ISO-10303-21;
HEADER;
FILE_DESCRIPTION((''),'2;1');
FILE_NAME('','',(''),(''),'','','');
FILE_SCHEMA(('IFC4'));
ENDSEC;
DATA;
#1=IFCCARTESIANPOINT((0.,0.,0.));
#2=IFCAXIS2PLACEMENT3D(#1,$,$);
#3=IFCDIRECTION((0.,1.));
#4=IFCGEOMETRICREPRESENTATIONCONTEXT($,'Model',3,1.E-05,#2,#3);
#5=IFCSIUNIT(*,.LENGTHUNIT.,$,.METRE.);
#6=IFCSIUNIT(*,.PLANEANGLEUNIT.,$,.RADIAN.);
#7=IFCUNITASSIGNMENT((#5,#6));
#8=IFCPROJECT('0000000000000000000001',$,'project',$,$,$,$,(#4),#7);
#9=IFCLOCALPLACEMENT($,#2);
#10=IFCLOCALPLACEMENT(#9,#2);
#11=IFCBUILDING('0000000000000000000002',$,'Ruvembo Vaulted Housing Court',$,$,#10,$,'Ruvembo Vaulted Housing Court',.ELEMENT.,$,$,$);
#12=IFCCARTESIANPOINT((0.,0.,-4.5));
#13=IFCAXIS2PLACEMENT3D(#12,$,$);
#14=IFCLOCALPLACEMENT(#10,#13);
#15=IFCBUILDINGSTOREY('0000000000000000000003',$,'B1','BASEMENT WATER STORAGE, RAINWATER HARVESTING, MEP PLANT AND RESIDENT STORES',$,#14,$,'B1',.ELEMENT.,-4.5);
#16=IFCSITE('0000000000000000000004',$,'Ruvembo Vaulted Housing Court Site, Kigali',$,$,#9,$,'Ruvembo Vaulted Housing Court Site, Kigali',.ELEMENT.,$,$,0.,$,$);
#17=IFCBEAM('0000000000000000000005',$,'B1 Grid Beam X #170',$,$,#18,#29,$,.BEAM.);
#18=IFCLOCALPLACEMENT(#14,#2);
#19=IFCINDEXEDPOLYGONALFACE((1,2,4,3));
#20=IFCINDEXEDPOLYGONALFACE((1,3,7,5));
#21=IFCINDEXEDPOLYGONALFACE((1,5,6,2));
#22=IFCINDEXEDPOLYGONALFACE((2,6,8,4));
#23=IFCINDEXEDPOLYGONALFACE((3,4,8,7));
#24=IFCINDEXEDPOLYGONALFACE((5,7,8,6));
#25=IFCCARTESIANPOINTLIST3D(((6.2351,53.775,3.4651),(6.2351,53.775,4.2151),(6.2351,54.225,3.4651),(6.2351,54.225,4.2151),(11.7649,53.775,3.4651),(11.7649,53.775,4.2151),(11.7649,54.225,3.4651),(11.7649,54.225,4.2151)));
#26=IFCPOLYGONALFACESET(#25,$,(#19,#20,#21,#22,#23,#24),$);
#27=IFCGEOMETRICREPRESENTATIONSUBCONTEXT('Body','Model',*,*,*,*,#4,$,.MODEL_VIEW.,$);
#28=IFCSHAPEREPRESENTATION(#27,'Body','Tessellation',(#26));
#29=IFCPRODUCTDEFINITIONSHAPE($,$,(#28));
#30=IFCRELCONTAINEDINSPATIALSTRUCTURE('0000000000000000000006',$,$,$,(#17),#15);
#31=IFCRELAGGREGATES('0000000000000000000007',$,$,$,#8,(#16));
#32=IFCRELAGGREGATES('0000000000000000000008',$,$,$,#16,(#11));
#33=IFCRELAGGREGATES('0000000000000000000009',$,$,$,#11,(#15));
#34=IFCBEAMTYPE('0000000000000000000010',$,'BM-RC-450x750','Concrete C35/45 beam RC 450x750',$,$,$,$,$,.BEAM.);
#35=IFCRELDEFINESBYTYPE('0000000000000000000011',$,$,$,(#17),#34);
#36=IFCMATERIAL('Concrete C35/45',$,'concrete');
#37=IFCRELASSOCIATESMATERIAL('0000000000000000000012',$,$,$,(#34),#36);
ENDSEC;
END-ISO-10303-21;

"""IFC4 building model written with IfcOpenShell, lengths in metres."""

from ifc_helpers import new_model, si_unit, direction, frame, origin, origin_2d, place, context, subcontext, project, spatial, rectangle, extrude, material, material_profile, profile_set, type_object, element, save


model = new_model("IFC4")

# Units and contexts
model_context = context("Model", 3, precision=1e-05, world=origin(), true_north=direction((0.0, 1.0)))
body_context = subcontext(model_context, "Body", "Model", "MODEL_VIEW")
ifc_project = project(units=[si_unit("LENGTHUNIT", "METRE"), si_unit("PLANEANGLEUNIT", "RADIAN")], contexts=[model_context])

# Site, building, storey
site_placement = place(None, origin())
site = spatial("IfcSite", under=ifc_project, at=site_placement, Name="Ruvembo Vaulted Housing Court Site, Kigali", LongName="Ruvembo Vaulted Housing Court Site, Kigali", CompositionType="ELEMENT", RefElevation=0.0)
building_placement = place(site_placement, origin())
building = spatial("IfcBuilding", under=site, at=building_placement, Name="Ruvembo Vaulted Housing Court", LongName="Ruvembo Vaulted Housing Court", CompositionType="ELEMENT")
storey_placement = place(building_placement, frame((0.0, 0.0, -4.5)))
storey = spatial("IfcBuildingStorey", under=building, at=storey_placement, Name="B1", Description="BASEMENT WATER STORAGE, RAINWATER HARVESTING, MEP PLANT AND RESIDENT STORES", LongName="B1", CompositionType="ELEMENT", Elevation=-4.5)

# Shared definitions
ifc_material_1 = material(Name="Concrete C35/45", Category="concrete")

# Beam
ifc_material_profile_1 = material_profile(ifc_material_1, rectangle(XDim=0.45, YDim=0.75, at=origin_2d()), Name="RC 450x750")
ifc_profile_set_1 = profile_set([ifc_material_profile_1], Name="Concrete C35/45")
beam_type_1 = type_object("IfcBeamType", Name="BM-RC-450x750", Description="Concrete C35/45 beam RC 450x750", PredefinedType="BEAM", material=ifc_profile_set_1)
for number, where, z_axis, x_axis, name in (
    (1, (6.2351, 54.0, 3.8401), (1.0, 0.0, 0.0), (0.0, 1.0, 0.0), "B1 Grid Beam X #170"),
):
    element("IfcBeam", number, at=place(storey_placement, frame(where, z_axis=z_axis, x_axis=x_axis)), inside=storey, type_object=beam_type_1, Name=name, PredefinedType="BEAM", context=body_context, shape_type="SweptSolid", body=[
        extrude(rectangle(XDim=0.45, YDim=0.75, at=origin_2d()), origin(), (0.0, 0.0, 1.0), 5.5298),
    ])

save(model, "model.ifc")
